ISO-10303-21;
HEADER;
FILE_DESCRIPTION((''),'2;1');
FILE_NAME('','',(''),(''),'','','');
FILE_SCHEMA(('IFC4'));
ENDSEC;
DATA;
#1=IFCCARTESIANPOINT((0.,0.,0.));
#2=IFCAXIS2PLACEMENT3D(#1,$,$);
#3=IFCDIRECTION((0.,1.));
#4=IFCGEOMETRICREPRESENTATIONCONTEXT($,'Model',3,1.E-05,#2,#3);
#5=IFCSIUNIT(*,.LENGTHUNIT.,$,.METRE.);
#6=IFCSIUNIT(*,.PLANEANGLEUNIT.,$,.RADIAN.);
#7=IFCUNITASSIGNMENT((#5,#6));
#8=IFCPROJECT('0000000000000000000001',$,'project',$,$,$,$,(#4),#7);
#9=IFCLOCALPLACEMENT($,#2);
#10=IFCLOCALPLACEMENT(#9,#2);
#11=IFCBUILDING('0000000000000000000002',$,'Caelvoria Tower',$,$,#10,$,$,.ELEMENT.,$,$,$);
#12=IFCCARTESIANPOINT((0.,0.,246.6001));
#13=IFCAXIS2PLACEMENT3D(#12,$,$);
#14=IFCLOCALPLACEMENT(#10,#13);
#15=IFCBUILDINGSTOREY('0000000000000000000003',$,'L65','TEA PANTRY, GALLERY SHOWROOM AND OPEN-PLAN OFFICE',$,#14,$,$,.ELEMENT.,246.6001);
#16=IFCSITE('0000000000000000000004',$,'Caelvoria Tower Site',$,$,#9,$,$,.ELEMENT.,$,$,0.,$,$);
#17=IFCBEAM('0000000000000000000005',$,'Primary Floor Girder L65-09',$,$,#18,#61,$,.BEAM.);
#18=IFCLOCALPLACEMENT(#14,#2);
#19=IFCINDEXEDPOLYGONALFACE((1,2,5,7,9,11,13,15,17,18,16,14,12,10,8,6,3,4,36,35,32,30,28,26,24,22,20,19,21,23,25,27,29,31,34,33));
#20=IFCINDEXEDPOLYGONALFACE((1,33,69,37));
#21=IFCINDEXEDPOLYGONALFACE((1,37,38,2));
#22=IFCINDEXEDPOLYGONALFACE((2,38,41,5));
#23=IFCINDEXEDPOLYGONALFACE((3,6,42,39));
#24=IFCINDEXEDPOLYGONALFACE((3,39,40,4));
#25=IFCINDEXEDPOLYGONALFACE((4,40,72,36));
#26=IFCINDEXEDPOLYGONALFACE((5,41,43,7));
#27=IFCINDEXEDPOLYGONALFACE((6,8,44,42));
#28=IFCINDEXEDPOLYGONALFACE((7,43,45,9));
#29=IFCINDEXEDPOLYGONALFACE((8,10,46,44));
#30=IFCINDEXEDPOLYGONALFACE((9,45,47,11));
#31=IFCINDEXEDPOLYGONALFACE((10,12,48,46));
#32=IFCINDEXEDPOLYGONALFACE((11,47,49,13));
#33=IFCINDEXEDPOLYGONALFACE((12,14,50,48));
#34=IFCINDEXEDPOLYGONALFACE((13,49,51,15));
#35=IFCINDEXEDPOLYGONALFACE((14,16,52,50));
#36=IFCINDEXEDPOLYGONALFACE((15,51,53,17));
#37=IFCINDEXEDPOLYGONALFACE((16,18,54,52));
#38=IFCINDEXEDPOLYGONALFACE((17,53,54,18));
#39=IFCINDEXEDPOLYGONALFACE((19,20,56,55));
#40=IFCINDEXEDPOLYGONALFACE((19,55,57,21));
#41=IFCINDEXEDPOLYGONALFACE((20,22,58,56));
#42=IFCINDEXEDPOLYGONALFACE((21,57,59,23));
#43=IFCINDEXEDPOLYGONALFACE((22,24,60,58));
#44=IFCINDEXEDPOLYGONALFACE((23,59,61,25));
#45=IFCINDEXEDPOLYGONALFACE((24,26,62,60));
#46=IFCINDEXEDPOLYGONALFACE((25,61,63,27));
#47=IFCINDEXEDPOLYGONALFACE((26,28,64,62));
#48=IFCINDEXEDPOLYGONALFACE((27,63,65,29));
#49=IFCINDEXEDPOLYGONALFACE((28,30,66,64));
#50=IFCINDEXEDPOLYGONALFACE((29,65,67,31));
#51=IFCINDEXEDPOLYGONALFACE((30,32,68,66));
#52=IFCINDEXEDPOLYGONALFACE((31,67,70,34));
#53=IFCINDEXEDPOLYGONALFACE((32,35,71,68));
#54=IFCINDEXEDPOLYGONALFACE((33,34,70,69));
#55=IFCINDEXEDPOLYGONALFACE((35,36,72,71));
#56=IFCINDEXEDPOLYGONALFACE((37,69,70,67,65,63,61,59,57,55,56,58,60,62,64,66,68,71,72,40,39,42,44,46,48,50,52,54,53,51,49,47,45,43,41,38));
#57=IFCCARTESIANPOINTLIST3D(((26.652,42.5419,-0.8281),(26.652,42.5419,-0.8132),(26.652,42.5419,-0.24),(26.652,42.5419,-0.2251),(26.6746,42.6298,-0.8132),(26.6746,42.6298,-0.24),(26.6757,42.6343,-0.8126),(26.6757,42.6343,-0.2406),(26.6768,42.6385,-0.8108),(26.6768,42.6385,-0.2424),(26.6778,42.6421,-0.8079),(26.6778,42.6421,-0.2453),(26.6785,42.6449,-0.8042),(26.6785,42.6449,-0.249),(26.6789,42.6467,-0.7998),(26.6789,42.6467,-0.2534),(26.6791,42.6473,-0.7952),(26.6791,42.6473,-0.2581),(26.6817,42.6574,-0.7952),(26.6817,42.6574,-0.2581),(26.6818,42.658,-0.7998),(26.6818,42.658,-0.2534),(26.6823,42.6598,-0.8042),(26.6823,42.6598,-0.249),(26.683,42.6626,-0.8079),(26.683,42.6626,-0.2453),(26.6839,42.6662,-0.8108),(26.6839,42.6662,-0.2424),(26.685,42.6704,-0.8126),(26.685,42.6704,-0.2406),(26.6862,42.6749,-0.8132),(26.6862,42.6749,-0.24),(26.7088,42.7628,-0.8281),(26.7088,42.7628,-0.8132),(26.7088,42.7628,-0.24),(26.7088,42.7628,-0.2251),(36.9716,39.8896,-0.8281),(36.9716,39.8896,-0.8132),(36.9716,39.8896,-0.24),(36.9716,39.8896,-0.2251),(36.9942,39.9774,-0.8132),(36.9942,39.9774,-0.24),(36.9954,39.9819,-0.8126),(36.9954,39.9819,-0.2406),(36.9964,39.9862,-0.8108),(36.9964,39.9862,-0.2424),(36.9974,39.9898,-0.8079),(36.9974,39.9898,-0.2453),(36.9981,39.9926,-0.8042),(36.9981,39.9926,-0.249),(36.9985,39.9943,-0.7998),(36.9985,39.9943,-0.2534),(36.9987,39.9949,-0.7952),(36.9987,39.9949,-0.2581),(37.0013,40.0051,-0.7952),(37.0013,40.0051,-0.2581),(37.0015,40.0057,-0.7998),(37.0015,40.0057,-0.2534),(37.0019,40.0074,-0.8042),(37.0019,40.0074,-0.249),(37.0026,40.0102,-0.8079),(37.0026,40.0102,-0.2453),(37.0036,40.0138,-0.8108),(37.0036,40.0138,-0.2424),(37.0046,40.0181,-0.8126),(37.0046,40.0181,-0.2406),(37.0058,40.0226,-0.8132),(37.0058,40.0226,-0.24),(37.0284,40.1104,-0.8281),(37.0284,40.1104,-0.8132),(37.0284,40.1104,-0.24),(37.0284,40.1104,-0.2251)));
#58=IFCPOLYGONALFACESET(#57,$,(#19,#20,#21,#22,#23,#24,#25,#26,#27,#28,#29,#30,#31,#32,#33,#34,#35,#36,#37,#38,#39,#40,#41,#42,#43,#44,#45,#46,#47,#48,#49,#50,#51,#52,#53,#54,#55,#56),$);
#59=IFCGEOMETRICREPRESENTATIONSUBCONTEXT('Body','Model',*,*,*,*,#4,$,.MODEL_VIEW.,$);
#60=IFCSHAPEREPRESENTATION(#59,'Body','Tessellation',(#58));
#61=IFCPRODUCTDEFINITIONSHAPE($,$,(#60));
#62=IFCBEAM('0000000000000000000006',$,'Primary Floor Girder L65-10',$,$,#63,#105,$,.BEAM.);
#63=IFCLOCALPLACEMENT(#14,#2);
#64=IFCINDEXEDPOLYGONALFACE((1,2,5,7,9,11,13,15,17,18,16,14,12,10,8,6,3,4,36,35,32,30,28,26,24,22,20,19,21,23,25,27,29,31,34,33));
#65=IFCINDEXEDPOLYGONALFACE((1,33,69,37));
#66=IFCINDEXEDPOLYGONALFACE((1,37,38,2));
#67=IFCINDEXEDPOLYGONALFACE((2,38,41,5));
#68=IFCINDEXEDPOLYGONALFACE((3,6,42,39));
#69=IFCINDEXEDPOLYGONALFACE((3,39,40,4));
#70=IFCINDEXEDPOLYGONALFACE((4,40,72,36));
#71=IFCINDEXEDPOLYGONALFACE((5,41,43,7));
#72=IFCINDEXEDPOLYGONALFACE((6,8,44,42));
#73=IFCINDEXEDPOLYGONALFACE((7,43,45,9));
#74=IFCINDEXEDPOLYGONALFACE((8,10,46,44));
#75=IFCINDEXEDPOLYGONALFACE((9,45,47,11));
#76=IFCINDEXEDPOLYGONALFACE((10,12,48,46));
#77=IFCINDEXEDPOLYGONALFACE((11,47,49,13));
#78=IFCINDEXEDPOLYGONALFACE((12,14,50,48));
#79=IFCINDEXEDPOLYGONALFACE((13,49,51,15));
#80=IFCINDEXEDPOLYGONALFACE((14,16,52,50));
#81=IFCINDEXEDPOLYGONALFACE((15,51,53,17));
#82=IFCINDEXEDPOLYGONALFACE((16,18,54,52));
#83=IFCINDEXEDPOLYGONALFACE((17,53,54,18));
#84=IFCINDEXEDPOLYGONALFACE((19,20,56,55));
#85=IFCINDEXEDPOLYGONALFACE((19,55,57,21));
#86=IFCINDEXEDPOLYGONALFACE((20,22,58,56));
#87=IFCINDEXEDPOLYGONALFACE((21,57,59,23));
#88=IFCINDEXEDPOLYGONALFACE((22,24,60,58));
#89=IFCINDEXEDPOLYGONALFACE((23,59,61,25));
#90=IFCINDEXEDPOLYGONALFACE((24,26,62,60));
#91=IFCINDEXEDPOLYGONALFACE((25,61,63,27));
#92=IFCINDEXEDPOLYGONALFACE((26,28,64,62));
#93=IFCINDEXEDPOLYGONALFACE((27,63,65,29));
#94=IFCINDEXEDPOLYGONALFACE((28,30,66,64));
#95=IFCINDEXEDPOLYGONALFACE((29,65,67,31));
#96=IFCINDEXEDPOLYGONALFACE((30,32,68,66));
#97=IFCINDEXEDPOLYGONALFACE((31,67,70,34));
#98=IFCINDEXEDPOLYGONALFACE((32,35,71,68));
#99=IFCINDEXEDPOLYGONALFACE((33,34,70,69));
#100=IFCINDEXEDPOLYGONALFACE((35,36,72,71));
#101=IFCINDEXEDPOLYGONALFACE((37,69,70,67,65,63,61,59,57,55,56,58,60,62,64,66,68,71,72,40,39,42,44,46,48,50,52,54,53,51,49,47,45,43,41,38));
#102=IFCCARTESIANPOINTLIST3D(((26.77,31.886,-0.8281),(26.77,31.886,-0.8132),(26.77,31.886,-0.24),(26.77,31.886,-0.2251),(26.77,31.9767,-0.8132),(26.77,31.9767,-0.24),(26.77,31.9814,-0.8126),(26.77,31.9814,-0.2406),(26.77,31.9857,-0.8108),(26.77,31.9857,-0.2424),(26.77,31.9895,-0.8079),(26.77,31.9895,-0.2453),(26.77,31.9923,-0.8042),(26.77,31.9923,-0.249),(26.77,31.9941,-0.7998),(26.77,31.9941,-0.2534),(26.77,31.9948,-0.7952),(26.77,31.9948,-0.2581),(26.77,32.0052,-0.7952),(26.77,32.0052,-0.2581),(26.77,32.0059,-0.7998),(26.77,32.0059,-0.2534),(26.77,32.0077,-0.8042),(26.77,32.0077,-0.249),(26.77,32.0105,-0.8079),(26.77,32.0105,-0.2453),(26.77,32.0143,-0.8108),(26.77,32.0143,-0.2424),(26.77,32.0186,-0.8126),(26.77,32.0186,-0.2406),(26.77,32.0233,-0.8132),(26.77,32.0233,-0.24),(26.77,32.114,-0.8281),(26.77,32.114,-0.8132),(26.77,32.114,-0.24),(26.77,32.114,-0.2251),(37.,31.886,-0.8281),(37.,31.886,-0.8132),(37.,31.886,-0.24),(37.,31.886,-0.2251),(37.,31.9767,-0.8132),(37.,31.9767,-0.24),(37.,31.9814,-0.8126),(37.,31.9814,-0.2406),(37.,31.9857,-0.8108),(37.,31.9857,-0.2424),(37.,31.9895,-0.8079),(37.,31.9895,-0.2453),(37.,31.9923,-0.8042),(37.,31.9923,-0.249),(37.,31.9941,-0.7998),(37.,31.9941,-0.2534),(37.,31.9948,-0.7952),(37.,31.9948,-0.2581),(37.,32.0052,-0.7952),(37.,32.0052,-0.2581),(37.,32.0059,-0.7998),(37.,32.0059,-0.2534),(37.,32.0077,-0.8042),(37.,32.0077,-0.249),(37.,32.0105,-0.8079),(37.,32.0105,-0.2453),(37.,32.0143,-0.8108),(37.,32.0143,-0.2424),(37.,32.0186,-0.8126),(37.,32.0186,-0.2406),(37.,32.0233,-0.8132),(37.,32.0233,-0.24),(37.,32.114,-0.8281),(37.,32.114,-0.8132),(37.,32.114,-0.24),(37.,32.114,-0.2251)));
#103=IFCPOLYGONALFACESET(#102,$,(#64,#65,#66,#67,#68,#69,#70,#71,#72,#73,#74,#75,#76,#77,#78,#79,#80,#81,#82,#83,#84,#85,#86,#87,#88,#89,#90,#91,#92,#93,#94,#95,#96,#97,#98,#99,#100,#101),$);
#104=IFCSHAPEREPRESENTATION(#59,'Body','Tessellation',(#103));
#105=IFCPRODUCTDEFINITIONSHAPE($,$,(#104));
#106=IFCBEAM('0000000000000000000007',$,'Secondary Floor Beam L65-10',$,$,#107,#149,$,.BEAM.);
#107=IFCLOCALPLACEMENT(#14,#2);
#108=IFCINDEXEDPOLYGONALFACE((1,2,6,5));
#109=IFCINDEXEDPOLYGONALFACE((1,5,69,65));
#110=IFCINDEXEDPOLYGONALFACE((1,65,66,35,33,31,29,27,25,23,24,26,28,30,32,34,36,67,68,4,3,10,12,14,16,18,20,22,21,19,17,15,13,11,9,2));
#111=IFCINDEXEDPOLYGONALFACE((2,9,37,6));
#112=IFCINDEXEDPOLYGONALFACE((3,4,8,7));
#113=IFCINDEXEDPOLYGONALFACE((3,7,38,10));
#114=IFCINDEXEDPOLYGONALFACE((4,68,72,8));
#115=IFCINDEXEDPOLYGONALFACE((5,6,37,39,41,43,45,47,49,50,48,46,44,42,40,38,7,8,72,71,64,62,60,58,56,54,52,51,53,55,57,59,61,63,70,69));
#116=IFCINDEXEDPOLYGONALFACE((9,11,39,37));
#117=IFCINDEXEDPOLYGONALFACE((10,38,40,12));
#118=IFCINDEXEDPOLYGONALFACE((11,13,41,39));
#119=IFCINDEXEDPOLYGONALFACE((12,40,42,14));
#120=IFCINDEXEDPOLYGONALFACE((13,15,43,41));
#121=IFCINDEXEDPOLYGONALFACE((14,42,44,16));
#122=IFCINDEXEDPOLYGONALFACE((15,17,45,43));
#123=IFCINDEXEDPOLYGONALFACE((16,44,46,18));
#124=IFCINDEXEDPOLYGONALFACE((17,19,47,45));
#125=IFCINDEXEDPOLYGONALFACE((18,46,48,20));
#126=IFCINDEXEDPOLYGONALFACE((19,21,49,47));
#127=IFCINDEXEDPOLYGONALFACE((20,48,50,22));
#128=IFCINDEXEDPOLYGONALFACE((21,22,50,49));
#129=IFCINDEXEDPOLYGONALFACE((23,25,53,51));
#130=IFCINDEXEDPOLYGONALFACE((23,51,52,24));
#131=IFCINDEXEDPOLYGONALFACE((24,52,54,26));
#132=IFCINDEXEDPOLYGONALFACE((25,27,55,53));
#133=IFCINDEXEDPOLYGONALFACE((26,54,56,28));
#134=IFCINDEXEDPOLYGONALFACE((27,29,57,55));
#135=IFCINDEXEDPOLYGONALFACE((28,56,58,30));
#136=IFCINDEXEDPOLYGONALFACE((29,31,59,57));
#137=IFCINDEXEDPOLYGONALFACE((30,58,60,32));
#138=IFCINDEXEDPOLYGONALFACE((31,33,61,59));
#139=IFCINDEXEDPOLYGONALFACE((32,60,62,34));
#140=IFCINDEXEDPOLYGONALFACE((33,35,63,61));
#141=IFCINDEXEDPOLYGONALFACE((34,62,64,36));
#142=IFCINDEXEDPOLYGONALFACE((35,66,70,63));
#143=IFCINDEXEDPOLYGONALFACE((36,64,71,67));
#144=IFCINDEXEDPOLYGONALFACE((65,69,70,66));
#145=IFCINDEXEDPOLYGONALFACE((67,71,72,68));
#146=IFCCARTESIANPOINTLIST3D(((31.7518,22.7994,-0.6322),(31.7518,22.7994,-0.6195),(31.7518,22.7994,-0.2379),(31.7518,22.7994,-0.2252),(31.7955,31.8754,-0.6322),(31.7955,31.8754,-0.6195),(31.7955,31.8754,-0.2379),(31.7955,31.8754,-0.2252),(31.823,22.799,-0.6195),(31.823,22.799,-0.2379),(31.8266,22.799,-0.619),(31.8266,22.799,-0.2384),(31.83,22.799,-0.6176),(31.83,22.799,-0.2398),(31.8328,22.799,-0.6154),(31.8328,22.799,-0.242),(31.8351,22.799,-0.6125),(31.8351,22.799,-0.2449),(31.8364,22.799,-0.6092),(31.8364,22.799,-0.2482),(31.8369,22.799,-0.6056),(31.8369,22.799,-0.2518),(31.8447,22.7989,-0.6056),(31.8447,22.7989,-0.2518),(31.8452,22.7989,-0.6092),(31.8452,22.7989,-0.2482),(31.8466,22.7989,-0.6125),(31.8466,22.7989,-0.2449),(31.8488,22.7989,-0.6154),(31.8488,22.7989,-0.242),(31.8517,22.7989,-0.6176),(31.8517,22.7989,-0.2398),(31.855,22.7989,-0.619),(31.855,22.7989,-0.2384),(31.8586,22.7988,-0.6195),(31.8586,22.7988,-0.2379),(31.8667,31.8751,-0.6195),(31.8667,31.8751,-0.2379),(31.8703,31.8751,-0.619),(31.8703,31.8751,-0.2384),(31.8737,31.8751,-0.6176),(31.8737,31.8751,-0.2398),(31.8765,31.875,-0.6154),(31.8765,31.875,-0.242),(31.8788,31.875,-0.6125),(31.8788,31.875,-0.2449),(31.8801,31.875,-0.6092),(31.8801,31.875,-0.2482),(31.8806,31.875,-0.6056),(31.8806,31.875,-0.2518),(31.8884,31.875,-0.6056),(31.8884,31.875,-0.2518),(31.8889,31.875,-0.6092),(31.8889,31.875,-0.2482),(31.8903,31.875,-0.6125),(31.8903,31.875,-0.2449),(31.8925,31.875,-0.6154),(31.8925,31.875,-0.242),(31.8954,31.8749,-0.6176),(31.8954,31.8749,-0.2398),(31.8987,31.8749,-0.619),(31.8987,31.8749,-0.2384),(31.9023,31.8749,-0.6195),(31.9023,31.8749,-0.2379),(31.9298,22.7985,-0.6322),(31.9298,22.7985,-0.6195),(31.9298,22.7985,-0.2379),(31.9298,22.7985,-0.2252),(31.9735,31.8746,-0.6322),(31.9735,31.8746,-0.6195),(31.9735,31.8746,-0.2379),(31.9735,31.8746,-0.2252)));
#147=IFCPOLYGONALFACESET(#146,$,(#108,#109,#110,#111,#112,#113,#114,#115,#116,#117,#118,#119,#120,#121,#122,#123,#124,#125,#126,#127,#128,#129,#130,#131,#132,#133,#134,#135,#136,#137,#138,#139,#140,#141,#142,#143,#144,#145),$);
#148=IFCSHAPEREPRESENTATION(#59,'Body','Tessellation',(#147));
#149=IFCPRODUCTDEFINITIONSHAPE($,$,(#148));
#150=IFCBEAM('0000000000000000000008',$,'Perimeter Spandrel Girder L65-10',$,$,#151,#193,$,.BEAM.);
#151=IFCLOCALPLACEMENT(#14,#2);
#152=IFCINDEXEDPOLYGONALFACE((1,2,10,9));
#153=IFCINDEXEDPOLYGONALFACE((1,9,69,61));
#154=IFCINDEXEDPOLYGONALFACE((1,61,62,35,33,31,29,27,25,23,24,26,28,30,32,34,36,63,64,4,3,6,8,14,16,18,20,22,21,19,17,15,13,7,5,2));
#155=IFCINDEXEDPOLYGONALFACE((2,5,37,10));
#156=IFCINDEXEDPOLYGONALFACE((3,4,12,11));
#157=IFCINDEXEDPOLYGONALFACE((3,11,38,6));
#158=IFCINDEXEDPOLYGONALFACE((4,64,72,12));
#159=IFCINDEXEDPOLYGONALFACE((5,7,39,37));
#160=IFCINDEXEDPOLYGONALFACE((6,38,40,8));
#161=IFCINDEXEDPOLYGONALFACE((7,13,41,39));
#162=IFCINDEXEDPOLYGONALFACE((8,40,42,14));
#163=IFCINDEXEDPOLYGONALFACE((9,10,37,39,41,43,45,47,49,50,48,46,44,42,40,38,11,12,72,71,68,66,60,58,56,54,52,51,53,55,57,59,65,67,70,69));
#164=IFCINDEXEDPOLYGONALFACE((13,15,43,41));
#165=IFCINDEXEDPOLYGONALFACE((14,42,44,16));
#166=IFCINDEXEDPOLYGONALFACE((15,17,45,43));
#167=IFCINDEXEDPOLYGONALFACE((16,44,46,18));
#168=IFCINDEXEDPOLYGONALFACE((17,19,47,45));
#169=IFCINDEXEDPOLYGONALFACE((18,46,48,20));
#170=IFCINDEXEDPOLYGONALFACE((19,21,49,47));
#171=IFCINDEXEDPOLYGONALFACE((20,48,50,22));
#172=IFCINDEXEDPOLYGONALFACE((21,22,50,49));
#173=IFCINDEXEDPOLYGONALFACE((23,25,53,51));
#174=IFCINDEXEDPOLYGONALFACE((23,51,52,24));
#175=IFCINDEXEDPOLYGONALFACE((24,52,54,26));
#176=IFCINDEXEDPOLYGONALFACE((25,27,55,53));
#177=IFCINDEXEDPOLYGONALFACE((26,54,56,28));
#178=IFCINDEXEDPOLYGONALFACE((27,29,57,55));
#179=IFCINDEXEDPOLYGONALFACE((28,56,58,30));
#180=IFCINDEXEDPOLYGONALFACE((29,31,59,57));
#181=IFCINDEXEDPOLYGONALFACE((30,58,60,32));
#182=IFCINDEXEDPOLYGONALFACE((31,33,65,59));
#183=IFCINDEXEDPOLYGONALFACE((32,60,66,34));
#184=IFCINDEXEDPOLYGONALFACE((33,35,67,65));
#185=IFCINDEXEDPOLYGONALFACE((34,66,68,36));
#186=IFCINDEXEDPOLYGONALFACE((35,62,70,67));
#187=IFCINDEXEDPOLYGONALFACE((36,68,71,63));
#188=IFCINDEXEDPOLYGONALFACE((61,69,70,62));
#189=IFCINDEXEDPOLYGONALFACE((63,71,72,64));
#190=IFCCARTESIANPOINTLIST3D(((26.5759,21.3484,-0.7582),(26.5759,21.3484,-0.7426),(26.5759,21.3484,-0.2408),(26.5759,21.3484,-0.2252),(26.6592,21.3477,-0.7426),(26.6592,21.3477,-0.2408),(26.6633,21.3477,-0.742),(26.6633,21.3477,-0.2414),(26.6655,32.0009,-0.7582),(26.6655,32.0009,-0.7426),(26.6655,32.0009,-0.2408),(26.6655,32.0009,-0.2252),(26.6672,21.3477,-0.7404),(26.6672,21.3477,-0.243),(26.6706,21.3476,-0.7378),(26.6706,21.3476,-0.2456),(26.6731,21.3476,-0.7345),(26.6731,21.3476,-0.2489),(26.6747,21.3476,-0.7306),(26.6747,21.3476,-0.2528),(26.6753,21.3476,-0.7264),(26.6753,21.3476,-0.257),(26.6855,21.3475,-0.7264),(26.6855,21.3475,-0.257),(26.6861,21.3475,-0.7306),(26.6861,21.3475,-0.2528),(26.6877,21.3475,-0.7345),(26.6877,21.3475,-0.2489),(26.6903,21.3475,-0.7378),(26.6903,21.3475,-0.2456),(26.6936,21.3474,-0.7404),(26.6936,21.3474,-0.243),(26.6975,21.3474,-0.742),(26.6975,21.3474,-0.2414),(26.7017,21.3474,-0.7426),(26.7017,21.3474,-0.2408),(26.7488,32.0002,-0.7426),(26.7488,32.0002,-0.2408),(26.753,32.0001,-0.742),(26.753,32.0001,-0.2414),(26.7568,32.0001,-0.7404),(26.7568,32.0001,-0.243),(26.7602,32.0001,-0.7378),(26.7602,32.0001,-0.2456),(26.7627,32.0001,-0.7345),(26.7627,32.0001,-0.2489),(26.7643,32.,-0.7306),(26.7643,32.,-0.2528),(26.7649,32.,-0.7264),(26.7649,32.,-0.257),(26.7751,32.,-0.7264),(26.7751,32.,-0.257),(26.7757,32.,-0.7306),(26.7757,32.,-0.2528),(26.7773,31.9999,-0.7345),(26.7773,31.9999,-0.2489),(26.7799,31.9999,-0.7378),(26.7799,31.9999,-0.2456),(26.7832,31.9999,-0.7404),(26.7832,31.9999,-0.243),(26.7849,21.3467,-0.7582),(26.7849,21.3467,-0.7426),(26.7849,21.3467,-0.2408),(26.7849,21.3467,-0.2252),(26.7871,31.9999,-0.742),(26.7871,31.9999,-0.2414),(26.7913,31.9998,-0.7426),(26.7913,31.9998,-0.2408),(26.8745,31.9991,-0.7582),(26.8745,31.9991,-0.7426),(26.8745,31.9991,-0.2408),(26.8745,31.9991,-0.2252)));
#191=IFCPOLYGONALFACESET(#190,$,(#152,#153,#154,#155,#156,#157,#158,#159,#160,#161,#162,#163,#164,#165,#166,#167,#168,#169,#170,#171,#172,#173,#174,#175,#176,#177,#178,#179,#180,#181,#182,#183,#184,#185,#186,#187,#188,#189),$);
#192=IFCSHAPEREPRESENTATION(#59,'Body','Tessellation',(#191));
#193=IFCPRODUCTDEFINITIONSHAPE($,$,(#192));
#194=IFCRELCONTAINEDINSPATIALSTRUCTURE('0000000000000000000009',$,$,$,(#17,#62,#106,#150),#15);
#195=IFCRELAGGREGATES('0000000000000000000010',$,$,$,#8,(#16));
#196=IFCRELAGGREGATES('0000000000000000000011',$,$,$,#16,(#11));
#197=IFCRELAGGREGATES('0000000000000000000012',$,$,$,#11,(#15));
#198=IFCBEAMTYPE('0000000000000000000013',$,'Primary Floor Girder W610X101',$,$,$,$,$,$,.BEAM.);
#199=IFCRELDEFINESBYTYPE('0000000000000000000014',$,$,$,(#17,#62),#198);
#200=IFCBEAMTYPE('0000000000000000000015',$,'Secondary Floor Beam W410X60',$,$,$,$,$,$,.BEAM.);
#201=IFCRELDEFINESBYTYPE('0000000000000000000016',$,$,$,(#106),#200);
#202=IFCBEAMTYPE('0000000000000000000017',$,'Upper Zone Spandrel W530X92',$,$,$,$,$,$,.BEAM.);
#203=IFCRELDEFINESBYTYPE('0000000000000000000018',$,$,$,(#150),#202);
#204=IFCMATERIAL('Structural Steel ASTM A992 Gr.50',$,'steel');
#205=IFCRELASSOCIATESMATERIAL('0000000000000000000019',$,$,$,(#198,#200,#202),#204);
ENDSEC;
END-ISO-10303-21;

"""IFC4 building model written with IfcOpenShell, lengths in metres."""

from ifc_helpers import new_model, si_unit, direction, frame, origin, origin_2d, place, context, subcontext, project, spatial, i_section, extrude, material, material_profile, profile_set, type_object, element, save


model = new_model("IFC4")

# Units and contexts
model_context = context("Model", 3, precision=1e-05, world=origin(), true_north=direction((0.0, 1.0)))
body_context = subcontext(model_context, "Body", "Model", "MODEL_VIEW")
ifc_project = project(units=[si_unit("LENGTHUNIT", "METRE"), si_unit("PLANEANGLEUNIT", "RADIAN")], contexts=[model_context])

# Site, building, storey
site_placement = place(None, origin())
site = spatial("IfcSite", under=ifc_project, at=site_placement, Name="Caelvoria Tower Site", CompositionType="ELEMENT", RefElevation=0.0)
building_placement = place(site_placement, origin())
building = spatial("IfcBuilding", under=site, at=building_placement, Name="Caelvoria Tower", CompositionType="ELEMENT")
storey_placement = place(building_placement, frame((0.0, 0.0, 246.6001)))
storey = spatial("IfcBuildingStorey", under=building, at=storey_placement, Name="L65", Description="TEA PANTRY, GALLERY SHOWROOM AND OPEN-PLAN OFFICE", CompositionType="ELEMENT", Elevation=246.6001)

# Shared definitions
ifc_material_1 = material(Name="Structural Steel ASTM A992 Gr.50", Category="steel")

# Beams
ifc_material_profile_1 = material_profile(ifc_material_1, i_section(OverallWidth=0.228, OverallDepth=0.603, WebThickness=0.0105, FlangeThickness=0.0149, FilletRadius=0.0181, at=origin_2d()), Name="Structural Steel ASTM A992 Gr.50")
ifc_profile_set_1 = profile_set([ifc_material_profile_1], Name="W610X101 - Structural Steel ASTM A992 Gr.50")
beam_type_1 = type_object("IfcBeamType", Name="Primary Floor Girder W610X101", PredefinedType="BEAM", material=ifc_profile_set_1)
beam_1_placement = place(storey_placement, frame((37.0, 40.0, -0.5266), z_axis=(-0.968522, 0.24893, 0.0), x_axis=(-0.24893, -0.968522, 0.0)))
element("IfcBeam", 1, at=beam_1_placement, inside=storey, type_object=beam_type_1, Name="Primary Floor Girder L65-09", PredefinedType="BEAM", context=body_context, shape_type="SweptSolid", body=[
    extrude(i_section(OverallWidth=0.228, OverallDepth=0.603, WebThickness=0.0105, FlangeThickness=0.0149, FilletRadius=0.0181, at=origin_2d()), origin(), (0.0, 0.0, 1.0), 10.655),
])
beam_2_placement = place(storey_placement, frame((37.0, 32.0, -0.5266), z_axis=(-1.0, 0.0, 0.0), x_axis=(0.0, -1.0, 0.0)))
element("IfcBeam", 2, at=beam_2_placement, inside=storey, type_object=beam_type_1, Name="Primary Floor Girder L65-10", PredefinedType="BEAM", context=body_context, shape_type="SweptSolid", body=[
    extrude(i_section(OverallWidth=0.228, OverallDepth=0.603, WebThickness=0.0105, FlangeThickness=0.0149, FilletRadius=0.0181, at=origin_2d()), origin(), (0.0, 0.0, 1.0), 10.23),
])
ifc_material_profile_2 = material_profile(ifc_material_1, i_section(OverallWidth=0.178, OverallDepth=0.407, WebThickness=0.0078, FlangeThickness=0.0127, FilletRadius=0.0139, at=origin_2d()), Name="Structural Steel ASTM A992 Gr.50")
ifc_profile_set_2 = profile_set([ifc_material_profile_2], Name="W410X60 - Structural Steel ASTM A992 Gr.50")
beam_type_2 = type_object("IfcBeamType", Name="Secondary Floor Beam W410X60", PredefinedType="BEAM", material=ifc_profile_set_2)
beam_3_placement = place(storey_placement, frame((31.8845, 31.875, -0.4287), z_axis=(-0.004815, -0.999988, 0.0), x_axis=(0.999988, -0.004815, 0.0)))
element("IfcBeam", 3, at=beam_3_placement, inside=storey, type_object=beam_type_2, Name="Secondary Floor Beam L65-10", PredefinedType="BEAM", context=body_context, shape_type="SweptSolid", body=[
    extrude(i_section(OverallWidth=0.178, OverallDepth=0.407, WebThickness=0.0078, FlangeThickness=0.0127, FilletRadius=0.0139, at=origin_2d()), origin(), (0.0, 0.0, 1.0), 9.0762),
])
ifc_material_profile_3 = material_profile(ifc_material_1, i_section(OverallWidth=0.209, OverallDepth=0.533, WebThickness=0.0103, FlangeThickness=0.0156, FilletRadius=0.0161, at=origin_2d()), Name="Structural Steel ASTM A992 Gr.50")
ifc_profile_set_3 = profile_set([ifc_material_profile_3], Name="W530X92 - Structural Steel ASTM A992 Gr.50")
beam_type_3 = type_object("IfcBeamType", Name="Upper Zone Spandrel W530X92", PredefinedType="BEAM", material=ifc_profile_set_3)
beam_4_placement = place(storey_placement, frame((26.77, 32.0, -0.4917), z_axis=(-0.008411, -0.999965, 0.0), x_axis=(0.999965, -0.008411, 0.0)))
element("IfcBeam", 4, at=beam_4_placement, inside=storey, type_object=beam_type_3, Name="Perimeter Spandrel Girder L65-10", PredefinedType="BEAM", context=body_context, shape_type="SweptSolid", body=[
    extrude(i_section(OverallWidth=0.209, OverallDepth=0.533, WebThickness=0.0103, FlangeThickness=0.0156, FilletRadius=0.0161, at=origin_2d()), origin(), (0.0, 0.0, 1.0), 10.6528),
])

save(model, "model.ifc")
